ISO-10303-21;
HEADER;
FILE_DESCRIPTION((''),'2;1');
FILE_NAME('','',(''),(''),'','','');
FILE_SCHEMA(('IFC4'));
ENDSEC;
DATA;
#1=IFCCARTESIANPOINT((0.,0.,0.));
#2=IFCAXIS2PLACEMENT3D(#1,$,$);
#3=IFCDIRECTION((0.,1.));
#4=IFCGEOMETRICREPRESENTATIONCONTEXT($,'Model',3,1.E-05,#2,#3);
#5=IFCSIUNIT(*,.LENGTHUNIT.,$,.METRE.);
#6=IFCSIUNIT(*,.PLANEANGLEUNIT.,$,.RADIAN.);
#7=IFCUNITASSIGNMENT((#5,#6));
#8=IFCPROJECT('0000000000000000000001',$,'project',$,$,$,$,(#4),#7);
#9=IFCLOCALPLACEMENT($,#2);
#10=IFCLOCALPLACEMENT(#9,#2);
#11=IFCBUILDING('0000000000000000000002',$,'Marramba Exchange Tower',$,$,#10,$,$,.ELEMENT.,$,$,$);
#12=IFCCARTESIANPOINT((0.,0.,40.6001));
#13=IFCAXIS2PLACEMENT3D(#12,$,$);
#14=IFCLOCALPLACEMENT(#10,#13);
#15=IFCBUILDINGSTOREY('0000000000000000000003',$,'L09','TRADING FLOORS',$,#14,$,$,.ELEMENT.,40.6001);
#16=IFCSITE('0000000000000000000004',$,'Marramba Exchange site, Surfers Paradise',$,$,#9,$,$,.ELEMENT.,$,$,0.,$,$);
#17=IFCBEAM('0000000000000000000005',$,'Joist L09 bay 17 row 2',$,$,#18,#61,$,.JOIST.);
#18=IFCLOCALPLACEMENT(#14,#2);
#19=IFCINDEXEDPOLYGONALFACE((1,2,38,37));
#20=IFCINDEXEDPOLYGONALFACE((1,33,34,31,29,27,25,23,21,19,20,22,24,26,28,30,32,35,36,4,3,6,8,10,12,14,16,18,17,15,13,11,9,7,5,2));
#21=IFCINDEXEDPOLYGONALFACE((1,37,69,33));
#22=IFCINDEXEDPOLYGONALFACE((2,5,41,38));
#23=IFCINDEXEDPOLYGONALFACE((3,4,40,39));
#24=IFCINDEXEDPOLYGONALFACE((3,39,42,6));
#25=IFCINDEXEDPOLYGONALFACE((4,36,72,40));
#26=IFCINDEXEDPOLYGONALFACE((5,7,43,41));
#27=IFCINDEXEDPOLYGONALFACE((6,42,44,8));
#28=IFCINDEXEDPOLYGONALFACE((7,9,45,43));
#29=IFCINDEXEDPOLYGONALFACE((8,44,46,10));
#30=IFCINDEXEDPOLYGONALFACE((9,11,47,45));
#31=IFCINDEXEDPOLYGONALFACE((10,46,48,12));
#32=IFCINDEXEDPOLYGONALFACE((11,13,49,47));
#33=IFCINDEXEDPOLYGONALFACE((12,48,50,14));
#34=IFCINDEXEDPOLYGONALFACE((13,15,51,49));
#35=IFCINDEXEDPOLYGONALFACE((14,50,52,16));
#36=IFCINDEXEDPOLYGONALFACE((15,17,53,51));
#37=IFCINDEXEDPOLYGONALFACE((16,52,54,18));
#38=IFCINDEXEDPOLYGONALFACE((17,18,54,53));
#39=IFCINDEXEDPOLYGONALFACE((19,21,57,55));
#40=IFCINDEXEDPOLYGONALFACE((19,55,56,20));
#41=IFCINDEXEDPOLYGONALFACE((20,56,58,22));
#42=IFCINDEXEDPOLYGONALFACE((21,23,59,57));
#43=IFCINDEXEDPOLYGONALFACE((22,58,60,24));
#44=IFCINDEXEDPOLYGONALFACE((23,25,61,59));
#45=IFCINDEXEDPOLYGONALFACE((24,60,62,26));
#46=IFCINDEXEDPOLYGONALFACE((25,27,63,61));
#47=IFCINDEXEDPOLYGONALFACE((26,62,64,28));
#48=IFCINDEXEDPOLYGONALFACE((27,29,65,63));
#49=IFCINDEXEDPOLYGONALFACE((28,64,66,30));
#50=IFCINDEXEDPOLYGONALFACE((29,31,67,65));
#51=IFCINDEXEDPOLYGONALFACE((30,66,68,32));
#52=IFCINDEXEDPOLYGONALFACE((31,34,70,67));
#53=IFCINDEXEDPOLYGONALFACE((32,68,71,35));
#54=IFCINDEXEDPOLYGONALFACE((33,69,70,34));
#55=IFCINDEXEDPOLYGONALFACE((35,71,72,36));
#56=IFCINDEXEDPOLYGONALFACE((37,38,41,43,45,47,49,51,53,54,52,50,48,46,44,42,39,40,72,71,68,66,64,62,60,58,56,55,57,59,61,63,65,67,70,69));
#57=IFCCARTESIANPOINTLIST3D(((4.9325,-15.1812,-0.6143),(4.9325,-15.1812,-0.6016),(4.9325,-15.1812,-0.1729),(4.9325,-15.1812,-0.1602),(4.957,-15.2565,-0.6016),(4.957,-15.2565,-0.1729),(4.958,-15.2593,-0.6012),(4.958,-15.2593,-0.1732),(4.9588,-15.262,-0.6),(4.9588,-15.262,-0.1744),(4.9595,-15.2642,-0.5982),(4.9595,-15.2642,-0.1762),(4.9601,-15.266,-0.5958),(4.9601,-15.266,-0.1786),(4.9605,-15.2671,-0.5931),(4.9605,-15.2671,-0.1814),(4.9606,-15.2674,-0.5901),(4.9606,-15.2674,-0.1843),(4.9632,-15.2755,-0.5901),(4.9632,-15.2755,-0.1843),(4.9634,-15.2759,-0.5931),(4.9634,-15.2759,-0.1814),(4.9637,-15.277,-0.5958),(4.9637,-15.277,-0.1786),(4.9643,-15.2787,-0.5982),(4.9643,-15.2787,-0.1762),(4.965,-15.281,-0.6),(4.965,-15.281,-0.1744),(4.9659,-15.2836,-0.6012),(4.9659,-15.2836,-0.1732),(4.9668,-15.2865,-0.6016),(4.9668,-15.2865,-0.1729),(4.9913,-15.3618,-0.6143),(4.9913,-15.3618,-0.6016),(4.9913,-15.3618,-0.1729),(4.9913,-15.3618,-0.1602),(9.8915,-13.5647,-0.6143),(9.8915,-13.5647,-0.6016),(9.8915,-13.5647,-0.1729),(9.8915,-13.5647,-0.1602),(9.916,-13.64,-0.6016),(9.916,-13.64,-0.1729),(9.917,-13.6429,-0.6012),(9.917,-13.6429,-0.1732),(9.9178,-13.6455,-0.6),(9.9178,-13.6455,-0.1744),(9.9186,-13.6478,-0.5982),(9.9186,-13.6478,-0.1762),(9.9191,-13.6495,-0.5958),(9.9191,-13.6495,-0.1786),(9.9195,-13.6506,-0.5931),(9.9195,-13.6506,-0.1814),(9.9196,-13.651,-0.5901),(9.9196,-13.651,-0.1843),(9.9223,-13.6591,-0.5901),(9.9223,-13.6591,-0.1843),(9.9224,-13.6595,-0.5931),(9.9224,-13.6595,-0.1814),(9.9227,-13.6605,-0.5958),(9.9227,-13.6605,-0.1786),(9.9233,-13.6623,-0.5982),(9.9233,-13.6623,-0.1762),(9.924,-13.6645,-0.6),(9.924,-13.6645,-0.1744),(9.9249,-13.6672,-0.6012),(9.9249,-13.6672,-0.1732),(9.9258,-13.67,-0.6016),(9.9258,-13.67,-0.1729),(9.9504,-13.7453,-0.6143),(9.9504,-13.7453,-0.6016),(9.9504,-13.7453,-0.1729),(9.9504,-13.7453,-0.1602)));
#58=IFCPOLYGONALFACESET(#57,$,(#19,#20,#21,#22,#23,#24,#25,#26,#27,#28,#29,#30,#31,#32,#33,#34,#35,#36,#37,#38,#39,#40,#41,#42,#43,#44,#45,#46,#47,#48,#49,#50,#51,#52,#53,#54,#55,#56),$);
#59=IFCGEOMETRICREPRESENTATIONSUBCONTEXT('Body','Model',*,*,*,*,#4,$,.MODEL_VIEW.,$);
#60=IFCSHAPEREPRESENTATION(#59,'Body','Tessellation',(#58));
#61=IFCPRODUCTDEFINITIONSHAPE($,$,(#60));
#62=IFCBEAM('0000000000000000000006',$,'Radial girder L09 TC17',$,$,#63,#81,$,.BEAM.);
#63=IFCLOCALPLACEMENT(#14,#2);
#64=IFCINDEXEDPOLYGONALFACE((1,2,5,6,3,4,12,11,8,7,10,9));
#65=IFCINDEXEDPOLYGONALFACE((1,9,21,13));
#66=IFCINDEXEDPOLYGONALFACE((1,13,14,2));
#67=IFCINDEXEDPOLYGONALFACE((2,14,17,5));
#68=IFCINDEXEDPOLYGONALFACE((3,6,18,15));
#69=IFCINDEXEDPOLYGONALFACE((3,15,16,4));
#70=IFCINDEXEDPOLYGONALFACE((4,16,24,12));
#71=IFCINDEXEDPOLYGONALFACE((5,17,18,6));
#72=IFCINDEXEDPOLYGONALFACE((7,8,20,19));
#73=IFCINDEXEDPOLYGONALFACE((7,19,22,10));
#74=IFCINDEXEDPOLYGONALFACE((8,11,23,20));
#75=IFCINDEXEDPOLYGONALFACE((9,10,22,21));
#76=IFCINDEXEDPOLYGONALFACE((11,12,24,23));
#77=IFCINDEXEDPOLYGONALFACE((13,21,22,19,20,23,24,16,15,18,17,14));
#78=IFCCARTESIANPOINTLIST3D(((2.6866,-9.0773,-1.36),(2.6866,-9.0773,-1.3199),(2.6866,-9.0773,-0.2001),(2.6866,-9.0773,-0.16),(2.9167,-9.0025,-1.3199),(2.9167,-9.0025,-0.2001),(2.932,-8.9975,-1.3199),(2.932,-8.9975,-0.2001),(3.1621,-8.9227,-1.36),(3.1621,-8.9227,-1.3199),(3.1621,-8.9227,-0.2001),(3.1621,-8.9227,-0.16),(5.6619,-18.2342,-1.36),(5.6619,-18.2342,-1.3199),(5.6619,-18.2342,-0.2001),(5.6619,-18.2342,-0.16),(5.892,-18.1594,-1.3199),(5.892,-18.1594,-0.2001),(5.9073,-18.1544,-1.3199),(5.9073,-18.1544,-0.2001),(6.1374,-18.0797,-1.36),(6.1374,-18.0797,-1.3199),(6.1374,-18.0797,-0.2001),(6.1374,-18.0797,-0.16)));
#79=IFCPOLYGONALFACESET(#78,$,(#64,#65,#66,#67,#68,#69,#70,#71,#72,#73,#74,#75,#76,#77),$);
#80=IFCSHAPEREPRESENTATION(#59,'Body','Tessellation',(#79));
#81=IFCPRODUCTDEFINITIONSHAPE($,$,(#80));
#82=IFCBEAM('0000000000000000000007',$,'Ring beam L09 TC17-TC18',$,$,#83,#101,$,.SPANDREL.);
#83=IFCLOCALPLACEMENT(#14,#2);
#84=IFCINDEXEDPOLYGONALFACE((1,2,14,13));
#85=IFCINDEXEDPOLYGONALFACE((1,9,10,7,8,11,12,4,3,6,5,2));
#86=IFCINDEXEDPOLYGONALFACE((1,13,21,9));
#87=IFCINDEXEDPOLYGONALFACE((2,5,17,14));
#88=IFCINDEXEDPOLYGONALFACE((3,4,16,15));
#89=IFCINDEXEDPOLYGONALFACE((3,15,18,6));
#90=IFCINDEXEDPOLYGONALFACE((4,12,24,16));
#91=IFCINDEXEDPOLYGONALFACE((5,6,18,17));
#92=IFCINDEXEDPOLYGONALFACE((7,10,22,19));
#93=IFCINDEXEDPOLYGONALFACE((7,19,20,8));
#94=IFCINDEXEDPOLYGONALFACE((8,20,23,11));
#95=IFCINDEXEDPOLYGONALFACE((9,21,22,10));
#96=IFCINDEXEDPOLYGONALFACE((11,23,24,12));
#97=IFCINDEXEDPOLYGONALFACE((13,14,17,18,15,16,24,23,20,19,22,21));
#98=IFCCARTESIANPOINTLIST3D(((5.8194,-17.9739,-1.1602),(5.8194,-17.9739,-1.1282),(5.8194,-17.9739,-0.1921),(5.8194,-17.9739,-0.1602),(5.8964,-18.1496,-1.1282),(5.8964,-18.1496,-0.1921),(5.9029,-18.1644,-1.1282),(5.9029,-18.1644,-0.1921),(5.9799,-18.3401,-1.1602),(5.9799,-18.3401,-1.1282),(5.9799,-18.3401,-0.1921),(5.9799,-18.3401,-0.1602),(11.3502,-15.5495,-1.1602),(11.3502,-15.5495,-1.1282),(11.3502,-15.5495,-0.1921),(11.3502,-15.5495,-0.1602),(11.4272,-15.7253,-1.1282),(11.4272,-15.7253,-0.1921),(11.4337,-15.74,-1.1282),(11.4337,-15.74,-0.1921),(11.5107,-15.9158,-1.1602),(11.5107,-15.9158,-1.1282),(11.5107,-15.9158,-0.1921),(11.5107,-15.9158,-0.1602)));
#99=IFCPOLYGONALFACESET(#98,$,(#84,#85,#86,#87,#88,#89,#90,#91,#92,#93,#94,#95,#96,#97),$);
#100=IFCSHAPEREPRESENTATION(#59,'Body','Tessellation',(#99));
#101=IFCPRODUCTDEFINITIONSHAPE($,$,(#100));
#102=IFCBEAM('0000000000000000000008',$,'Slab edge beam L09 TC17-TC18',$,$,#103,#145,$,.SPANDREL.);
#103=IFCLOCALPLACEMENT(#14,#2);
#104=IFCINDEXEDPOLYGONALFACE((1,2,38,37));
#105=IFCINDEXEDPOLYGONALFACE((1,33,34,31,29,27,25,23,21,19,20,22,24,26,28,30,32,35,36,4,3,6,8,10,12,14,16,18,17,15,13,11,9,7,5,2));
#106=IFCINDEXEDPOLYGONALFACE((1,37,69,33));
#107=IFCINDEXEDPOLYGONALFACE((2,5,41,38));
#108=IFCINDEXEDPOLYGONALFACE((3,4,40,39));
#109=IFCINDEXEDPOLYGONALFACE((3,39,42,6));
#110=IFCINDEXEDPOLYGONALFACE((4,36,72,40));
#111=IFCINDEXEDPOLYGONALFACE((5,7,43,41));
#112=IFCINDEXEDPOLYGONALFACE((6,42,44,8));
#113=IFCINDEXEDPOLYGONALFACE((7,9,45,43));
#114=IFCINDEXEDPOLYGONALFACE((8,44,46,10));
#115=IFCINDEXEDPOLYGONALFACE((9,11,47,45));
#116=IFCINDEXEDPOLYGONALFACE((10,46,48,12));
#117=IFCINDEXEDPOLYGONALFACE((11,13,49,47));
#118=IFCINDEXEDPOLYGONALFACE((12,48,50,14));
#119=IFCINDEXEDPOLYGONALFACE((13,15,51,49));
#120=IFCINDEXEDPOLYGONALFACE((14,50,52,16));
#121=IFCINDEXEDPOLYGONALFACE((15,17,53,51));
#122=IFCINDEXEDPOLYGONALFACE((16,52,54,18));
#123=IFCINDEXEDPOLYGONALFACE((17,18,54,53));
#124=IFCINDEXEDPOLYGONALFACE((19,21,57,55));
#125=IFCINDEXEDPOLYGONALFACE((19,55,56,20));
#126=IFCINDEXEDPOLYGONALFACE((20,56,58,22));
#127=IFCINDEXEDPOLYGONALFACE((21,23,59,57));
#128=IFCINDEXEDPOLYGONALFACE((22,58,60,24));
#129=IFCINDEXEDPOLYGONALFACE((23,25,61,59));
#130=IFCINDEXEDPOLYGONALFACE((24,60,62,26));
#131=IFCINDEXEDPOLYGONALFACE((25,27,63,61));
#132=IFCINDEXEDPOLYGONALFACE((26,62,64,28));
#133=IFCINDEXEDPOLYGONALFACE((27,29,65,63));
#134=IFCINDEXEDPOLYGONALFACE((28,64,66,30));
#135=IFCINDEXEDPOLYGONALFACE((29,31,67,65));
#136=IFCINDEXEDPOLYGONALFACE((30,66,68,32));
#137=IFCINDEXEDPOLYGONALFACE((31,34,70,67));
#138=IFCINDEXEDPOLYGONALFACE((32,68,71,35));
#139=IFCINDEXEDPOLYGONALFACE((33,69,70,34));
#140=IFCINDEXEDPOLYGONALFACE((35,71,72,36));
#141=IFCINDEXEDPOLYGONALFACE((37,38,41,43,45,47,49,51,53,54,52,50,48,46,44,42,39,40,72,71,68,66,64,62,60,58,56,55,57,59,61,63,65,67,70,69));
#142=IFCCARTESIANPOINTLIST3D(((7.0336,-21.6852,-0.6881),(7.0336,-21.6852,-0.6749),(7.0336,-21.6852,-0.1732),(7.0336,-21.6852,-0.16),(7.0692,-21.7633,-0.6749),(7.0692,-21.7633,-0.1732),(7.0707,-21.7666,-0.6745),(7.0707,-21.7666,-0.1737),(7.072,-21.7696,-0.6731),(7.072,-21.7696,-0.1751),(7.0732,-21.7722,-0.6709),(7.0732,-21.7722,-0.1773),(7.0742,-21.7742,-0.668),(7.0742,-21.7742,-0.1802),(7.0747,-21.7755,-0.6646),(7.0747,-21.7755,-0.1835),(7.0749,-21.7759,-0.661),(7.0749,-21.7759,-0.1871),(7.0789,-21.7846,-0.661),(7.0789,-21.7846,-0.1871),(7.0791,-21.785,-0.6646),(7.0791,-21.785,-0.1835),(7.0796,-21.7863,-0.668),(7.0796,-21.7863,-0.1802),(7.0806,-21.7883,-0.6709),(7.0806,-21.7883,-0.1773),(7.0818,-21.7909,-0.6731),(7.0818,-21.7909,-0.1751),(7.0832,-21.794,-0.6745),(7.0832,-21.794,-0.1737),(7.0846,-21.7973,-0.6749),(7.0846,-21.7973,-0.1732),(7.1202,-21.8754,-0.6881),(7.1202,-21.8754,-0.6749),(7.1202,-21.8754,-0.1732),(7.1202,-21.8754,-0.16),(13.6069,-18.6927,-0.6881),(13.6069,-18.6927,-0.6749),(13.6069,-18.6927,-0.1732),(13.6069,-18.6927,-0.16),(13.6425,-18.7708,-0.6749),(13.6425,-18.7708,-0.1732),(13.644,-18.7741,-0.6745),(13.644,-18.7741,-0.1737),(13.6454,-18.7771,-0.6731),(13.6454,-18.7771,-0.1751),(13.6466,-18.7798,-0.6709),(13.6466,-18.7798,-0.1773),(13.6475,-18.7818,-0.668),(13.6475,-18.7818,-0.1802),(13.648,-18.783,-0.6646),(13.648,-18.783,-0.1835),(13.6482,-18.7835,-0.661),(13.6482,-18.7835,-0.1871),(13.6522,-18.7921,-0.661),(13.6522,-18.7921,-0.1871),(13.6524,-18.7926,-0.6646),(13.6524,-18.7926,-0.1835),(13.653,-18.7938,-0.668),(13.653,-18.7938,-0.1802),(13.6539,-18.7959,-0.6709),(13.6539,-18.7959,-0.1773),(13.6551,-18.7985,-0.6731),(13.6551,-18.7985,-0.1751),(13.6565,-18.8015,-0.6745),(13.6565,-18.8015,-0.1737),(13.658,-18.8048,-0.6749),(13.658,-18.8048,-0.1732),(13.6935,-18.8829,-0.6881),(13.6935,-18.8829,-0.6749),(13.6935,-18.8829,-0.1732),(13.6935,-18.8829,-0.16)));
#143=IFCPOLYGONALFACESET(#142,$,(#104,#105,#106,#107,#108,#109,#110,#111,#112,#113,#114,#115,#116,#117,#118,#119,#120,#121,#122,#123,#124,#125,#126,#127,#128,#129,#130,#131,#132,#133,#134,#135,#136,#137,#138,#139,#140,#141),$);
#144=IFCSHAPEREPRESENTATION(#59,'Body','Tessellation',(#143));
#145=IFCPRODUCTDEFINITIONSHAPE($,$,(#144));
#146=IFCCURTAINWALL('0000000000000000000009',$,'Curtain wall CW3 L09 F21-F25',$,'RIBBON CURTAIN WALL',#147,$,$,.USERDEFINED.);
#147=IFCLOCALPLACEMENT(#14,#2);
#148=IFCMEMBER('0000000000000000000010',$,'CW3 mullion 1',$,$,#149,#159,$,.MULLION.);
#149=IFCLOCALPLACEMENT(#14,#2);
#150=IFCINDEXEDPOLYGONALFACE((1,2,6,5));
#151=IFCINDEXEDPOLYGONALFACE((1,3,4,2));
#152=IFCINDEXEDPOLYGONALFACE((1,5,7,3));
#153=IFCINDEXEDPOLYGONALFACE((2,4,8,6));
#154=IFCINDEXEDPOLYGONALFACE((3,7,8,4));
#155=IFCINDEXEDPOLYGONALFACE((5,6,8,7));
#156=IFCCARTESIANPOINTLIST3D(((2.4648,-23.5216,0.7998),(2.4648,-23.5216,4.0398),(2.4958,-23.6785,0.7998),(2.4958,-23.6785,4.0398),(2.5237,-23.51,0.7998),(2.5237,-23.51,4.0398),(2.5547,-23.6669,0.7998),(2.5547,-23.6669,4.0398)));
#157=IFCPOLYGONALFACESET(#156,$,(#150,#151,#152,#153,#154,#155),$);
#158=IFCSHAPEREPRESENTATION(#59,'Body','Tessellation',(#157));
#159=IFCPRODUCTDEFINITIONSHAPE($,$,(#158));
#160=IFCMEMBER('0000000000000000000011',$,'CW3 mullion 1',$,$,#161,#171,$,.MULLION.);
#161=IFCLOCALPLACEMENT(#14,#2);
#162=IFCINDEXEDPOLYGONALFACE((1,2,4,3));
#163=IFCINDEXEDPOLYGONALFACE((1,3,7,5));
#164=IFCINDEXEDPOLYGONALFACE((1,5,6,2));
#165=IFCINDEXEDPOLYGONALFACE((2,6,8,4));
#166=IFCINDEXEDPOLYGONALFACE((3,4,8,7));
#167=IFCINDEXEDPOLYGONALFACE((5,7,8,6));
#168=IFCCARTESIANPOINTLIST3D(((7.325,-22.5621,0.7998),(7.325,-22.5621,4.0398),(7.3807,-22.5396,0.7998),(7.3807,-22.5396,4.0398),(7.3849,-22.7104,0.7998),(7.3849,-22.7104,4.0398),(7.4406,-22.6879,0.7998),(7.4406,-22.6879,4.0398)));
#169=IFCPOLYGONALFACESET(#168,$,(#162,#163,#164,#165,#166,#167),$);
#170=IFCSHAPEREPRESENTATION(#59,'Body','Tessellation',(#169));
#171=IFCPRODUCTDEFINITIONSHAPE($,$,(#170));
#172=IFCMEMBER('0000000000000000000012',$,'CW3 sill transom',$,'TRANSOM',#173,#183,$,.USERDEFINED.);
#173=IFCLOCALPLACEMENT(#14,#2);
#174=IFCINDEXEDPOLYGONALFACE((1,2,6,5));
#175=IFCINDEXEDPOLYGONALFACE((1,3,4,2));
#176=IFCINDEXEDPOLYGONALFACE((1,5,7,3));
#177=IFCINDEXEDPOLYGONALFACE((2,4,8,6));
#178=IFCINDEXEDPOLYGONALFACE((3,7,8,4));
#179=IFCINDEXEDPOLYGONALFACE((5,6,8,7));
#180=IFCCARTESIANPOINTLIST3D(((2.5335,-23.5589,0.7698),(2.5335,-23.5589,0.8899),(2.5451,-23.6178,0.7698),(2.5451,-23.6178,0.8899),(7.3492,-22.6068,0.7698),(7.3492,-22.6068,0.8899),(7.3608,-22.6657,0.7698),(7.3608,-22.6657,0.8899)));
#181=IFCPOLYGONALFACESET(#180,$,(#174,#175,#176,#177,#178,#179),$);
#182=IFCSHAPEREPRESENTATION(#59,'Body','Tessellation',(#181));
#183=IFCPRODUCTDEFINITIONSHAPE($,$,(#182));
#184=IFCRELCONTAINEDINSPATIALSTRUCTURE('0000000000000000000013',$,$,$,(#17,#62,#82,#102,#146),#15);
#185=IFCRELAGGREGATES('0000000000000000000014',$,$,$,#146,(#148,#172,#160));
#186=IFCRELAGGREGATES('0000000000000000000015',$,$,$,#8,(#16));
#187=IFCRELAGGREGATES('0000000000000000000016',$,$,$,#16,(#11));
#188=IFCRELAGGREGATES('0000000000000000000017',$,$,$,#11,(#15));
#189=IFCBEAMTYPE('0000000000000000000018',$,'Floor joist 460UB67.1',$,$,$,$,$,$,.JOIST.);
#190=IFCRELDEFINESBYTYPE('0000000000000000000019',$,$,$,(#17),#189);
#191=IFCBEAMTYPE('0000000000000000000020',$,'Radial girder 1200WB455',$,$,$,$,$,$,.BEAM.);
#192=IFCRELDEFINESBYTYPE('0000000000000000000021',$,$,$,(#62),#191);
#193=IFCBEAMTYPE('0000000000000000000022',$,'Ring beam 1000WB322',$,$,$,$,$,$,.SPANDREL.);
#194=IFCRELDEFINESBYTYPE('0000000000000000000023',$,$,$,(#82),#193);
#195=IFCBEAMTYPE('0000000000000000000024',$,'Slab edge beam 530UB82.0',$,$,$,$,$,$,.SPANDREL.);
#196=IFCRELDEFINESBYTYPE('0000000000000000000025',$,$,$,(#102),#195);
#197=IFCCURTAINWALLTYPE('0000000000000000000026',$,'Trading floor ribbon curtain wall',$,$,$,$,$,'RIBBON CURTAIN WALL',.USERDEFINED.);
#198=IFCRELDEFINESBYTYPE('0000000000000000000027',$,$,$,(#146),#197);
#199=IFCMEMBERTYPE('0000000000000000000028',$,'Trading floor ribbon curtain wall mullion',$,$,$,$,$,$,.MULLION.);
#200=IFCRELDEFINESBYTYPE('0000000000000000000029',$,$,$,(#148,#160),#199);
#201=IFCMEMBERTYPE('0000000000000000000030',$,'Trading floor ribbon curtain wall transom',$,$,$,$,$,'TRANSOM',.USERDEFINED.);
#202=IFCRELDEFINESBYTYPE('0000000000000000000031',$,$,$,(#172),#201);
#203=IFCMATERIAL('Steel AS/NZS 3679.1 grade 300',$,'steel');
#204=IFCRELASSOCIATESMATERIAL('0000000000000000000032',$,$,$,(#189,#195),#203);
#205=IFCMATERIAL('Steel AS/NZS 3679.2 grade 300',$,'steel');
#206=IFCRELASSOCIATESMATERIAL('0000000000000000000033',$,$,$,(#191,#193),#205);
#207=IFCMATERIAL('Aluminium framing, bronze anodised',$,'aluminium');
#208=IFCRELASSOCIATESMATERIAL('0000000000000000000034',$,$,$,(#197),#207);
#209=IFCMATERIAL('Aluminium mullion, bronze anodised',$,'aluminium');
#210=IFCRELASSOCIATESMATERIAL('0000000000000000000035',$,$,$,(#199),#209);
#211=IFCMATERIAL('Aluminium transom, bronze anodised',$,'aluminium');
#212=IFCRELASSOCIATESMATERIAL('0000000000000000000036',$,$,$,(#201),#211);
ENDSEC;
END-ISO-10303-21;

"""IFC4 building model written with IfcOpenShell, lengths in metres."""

from ifc_helpers import new_model, si_unit, direction, frame, origin, origin_2d, place, context, subcontext, project, spatial, rectangle, i_section, extrude, material, material_profile, profile_set, type_object, element, aggregate, save


model = new_model("IFC4")

# Units and contexts
model_context = context("Model", 3, precision=1e-05, world=origin(), true_north=direction((0.0, 1.0)))
body_context = subcontext(model_context, "Body", "Model", "MODEL_VIEW")
ifc_project = project(units=[si_unit("LENGTHUNIT", "METRE"), si_unit("PLANEANGLEUNIT", "RADIAN")], contexts=[model_context])

# Site, building, storey
site_placement = place(None, origin())
site = spatial("IfcSite", under=ifc_project, at=site_placement, Name="Marramba Exchange site, Surfers Paradise", CompositionType="ELEMENT", RefElevation=0.0)
building_placement = place(site_placement, origin())
building = spatial("IfcBuilding", under=site, at=building_placement, Name="Marramba Exchange Tower", CompositionType="ELEMENT")
storey_placement = place(building_placement, frame((0.0, 0.0, 40.6001)))
storey = spatial("IfcBuildingStorey", under=building, at=storey_placement, Name="L09", Description="TRADING FLOORS", CompositionType="ELEMENT", Elevation=40.6001)

# Beams
ifc_material_1 = material(Name="Steel AS/NZS 3679.2 grade 300", Category="steel")
ifc_material_2 = material(Name="Steel AS/NZS 3679.1 grade 300", Category="steel")
ifc_material_profile_1 = material_profile(ifc_material_2, i_section(OverallWidth=0.1899, OverallDepth=0.4541, WebThickness=0.0085, FlangeThickness=0.0127, FilletRadius=0.0115, at=origin_2d()), Name="460UB67.1")
ifc_profile_set_1 = profile_set([ifc_material_profile_1], Name="Steel AS/NZS 3679.1 grade 300")
beam_type_1 = type_object("IfcBeamType", Name="Floor joist 460UB67.1", PredefinedType="JOIST", material=ifc_profile_set_1)
beam_1_placement = place(storey_placement, frame((4.9619, -15.2715, -0.3872), z_axis=(0.950764, 0.309916, 0.0), x_axis=(-0.309916, 0.950764, 0.0)))
element("IfcBeam", 1, at=beam_1_placement, inside=storey, type_object=beam_type_1, Name="Joist L09 bay 17 row 2", PredefinedType="JOIST", context=body_context, shape_type="SweptSolid", body=[
    extrude(i_section(OverallWidth=0.1899, OverallDepth=0.4541, WebThickness=0.0085, FlangeThickness=0.0127, FilletRadius=0.0115, at=origin_2d()), origin(), (0.0, 0.0, 1.0), 5.2158),
])
ifc_material_profile_2 = material_profile(ifc_material_1, i_section(OverallWidth=0.5, OverallDepth=1.2, WebThickness=0.0161, FlangeThickness=0.04, at=origin_2d()), Name="1200WB455")
ifc_profile_set_2 = profile_set([ifc_material_profile_2], Name="Steel AS/NZS 3679.2 grade 300")
beam_type_2 = type_object("IfcBeamType", Name="Radial girder 1200WB455", PredefinedType="BEAM", material=ifc_profile_set_2)
beam_2_placement = place(storey_placement, frame((2.9243, -9.0, -0.76), z_axis=(0.309022, -0.951055, 0.0), x_axis=(0.951055, 0.309022, 0.0)))
element("IfcBeam", 2, at=beam_2_placement, inside=storey, type_object=beam_type_2, Name="Radial girder L09 TC17", PredefinedType="BEAM", context=body_context, shape_type="SweptSolid", body=[
    extrude(i_section(OverallWidth=0.5, OverallDepth=1.2, WebThickness=0.0161, FlangeThickness=0.04, at=origin_2d()), origin(), (0.0, 0.0, 1.0), 9.6282),
])
ifc_material_profile_3 = material_profile(ifc_material_1, i_section(OverallWidth=0.3999, OverallDepth=1.0, WebThickness=0.0161, FlangeThickness=0.032, at=origin_2d()), Name="1000WB322")
ifc_profile_set_3 = profile_set([ifc_material_profile_3], Name="Steel AS/NZS 3679.2 grade 300")
beam_type_3 = type_object("IfcBeamType", Name="Ring beam 1000WB322", PredefinedType="SPANDREL", material=ifc_profile_set_3)
beam_3_placement = place(storey_placement, frame((5.8997, -18.157, -0.6602), z_axis=(0.915877, 0.401459, 0.0), x_axis=(-0.401459, 0.915877, 0.0)))
element("IfcBeam", 3, at=beam_3_placement, inside=storey, type_object=beam_type_3, Name="Ring beam L09 TC17-TC18", PredefinedType="SPANDREL", context=body_context, shape_type="SweptSolid", body=[
    extrude(i_section(OverallWidth=0.3999, OverallDepth=1.0, WebThickness=0.0161, FlangeThickness=0.032, at=origin_2d()), origin(), (0.0, 0.0, 1.0), 6.0388),
])
ifc_material_profile_4 = material_profile(ifc_material_2, i_section(OverallWidth=0.209, OverallDepth=0.5281, WebThickness=0.0095, FlangeThickness=0.0132, FilletRadius=0.0139, at=origin_2d()), Name="530UB82.0")
ifc_profile_set_4 = profile_set([ifc_material_profile_4], Name="Steel AS/NZS 3679.1 grade 300")
beam_type_4 = type_object("IfcBeamType", Name="Slab edge beam 530UB82.0", PredefinedType="SPANDREL", material=ifc_profile_set_4)
beam_4_placement = place(storey_placement, frame((7.0769, -21.7803, -0.4241), z_axis=(0.910127, 0.41433, 0.0), x_axis=(-0.41433, 0.910127, 0.0)))
element("IfcBeam", 4, at=beam_4_placement, inside=storey, type_object=beam_type_4, Name="Slab edge beam L09 TC17-TC18", PredefinedType="SPANDREL", context=body_context, shape_type="SweptSolid", body=[
    extrude(i_section(OverallWidth=0.209, OverallDepth=0.5281, WebThickness=0.0095, FlangeThickness=0.0132, FilletRadius=0.0139, at=origin_2d()), origin(), (0.0, 0.0, 1.0), 7.2224),
])

# Curtain wall, members
ifc_material_3 = material(Name="Aluminium framing, bronze anodised", Category="aluminium")
curtain_wall_type = type_object("IfcCurtainWallType", Name="Trading floor ribbon curtain wall", ElementType="RIBBON CURTAIN WALL", PredefinedType="USERDEFINED", material=ifc_material_3)
curtain_wall_placement = place(storey_placement, origin())
curtain_wall = element("IfcCurtainWall", 5, at=curtain_wall_placement, inside=storey, type_object=curtain_wall_type, Name="Curtain wall CW3 L09 F21-F25", ObjectType="RIBBON CURTAIN WALL", PredefinedType="USERDEFINED")
ifc_material_4 = material(Name="Aluminium mullion, bronze anodised", Category="aluminium")
ifc_material_profile_5 = material_profile(ifc_material_4, rectangle(XDim=0.1599, YDim=0.0601, at=origin_2d()), Name="CW3 mullion 60x160")
ifc_profile_set_5 = profile_set([ifc_material_profile_5], Name="Aluminium mullion, bronze anodised")
member_type_1 = type_object("IfcMemberType", Name="Trading floor ribbon curtain wall mullion", PredefinedType="MULLION", material=ifc_profile_set_5)
member_1_placement = place(storey_placement, frame((2.5098, -23.5942, 0.7998), z_axis=(0.0, 0.0, 1.0), x_axis=(-0.193961, 0.981009, 0.0)))
member_1 = element("IfcMember", 6, at=member_1_placement, type_object=member_type_1, Name="CW3 mullion 1", PredefinedType="MULLION", context=body_context, shape_type="SweptSolid", body=[
    extrude(rectangle(XDim=0.1599, YDim=0.0601, at=origin_2d()), origin(), (0.0, 0.0, 1.0), 3.24),
])
member_2_placement = place(storey_placement, frame((7.3828, -22.625, 0.7998), z_axis=(0.0, 0.0, 1.0), x_axis=(-0.374218, 0.927341, 0.0)))
member_2 = element("IfcMember", 7, at=member_2_placement, type_object=member_type_1, Name="CW3 mullion 1", PredefinedType="MULLION", context=body_context, shape_type="SweptSolid", body=[
    extrude(rectangle(XDim=0.1599, YDim=0.0601, at=origin_2d()), origin(), (0.0, 0.0, 1.0), 3.24),
])
ifc_material_5 = material(Name="Aluminium transom, bronze anodised", Category="aluminium")
ifc_material_profile_6 = material_profile(ifc_material_5, rectangle(XDim=0.0601, YDim=0.1201, at=origin_2d()), Name="CW3 transom 60x120")
ifc_profile_set_6 = profile_set([ifc_material_profile_6], Name="Aluminium transom, bronze anodised")
member_type_2 = type_object("IfcMemberType", Name="Trading floor ribbon curtain wall transom", ElementType="TRANSOM", PredefinedType="USERDEFINED", material=ifc_profile_set_6)
member_3_placement = place(storey_placement, frame((2.5393, -23.5884, 0.8298), z_axis=(0.981009, 0.193964, 0.0), x_axis=(-0.193964, 0.981009, 0.0)))
member_3 = element("IfcMember", 8, at=member_3_placement, type_object=member_type_2, Name="CW3 sill transom", ObjectType="TRANSOM", PredefinedType="USERDEFINED", context=body_context, shape_type="SweptSolid", body=[
    extrude(rectangle(XDim=0.0601, YDim=0.1201, at=origin_2d()), origin(), (0.0, 0.0, 1.0), 4.9089),
])
aggregate(curtain_wall, [member_1, member_3, member_2])

save(model, "model.ifc")
